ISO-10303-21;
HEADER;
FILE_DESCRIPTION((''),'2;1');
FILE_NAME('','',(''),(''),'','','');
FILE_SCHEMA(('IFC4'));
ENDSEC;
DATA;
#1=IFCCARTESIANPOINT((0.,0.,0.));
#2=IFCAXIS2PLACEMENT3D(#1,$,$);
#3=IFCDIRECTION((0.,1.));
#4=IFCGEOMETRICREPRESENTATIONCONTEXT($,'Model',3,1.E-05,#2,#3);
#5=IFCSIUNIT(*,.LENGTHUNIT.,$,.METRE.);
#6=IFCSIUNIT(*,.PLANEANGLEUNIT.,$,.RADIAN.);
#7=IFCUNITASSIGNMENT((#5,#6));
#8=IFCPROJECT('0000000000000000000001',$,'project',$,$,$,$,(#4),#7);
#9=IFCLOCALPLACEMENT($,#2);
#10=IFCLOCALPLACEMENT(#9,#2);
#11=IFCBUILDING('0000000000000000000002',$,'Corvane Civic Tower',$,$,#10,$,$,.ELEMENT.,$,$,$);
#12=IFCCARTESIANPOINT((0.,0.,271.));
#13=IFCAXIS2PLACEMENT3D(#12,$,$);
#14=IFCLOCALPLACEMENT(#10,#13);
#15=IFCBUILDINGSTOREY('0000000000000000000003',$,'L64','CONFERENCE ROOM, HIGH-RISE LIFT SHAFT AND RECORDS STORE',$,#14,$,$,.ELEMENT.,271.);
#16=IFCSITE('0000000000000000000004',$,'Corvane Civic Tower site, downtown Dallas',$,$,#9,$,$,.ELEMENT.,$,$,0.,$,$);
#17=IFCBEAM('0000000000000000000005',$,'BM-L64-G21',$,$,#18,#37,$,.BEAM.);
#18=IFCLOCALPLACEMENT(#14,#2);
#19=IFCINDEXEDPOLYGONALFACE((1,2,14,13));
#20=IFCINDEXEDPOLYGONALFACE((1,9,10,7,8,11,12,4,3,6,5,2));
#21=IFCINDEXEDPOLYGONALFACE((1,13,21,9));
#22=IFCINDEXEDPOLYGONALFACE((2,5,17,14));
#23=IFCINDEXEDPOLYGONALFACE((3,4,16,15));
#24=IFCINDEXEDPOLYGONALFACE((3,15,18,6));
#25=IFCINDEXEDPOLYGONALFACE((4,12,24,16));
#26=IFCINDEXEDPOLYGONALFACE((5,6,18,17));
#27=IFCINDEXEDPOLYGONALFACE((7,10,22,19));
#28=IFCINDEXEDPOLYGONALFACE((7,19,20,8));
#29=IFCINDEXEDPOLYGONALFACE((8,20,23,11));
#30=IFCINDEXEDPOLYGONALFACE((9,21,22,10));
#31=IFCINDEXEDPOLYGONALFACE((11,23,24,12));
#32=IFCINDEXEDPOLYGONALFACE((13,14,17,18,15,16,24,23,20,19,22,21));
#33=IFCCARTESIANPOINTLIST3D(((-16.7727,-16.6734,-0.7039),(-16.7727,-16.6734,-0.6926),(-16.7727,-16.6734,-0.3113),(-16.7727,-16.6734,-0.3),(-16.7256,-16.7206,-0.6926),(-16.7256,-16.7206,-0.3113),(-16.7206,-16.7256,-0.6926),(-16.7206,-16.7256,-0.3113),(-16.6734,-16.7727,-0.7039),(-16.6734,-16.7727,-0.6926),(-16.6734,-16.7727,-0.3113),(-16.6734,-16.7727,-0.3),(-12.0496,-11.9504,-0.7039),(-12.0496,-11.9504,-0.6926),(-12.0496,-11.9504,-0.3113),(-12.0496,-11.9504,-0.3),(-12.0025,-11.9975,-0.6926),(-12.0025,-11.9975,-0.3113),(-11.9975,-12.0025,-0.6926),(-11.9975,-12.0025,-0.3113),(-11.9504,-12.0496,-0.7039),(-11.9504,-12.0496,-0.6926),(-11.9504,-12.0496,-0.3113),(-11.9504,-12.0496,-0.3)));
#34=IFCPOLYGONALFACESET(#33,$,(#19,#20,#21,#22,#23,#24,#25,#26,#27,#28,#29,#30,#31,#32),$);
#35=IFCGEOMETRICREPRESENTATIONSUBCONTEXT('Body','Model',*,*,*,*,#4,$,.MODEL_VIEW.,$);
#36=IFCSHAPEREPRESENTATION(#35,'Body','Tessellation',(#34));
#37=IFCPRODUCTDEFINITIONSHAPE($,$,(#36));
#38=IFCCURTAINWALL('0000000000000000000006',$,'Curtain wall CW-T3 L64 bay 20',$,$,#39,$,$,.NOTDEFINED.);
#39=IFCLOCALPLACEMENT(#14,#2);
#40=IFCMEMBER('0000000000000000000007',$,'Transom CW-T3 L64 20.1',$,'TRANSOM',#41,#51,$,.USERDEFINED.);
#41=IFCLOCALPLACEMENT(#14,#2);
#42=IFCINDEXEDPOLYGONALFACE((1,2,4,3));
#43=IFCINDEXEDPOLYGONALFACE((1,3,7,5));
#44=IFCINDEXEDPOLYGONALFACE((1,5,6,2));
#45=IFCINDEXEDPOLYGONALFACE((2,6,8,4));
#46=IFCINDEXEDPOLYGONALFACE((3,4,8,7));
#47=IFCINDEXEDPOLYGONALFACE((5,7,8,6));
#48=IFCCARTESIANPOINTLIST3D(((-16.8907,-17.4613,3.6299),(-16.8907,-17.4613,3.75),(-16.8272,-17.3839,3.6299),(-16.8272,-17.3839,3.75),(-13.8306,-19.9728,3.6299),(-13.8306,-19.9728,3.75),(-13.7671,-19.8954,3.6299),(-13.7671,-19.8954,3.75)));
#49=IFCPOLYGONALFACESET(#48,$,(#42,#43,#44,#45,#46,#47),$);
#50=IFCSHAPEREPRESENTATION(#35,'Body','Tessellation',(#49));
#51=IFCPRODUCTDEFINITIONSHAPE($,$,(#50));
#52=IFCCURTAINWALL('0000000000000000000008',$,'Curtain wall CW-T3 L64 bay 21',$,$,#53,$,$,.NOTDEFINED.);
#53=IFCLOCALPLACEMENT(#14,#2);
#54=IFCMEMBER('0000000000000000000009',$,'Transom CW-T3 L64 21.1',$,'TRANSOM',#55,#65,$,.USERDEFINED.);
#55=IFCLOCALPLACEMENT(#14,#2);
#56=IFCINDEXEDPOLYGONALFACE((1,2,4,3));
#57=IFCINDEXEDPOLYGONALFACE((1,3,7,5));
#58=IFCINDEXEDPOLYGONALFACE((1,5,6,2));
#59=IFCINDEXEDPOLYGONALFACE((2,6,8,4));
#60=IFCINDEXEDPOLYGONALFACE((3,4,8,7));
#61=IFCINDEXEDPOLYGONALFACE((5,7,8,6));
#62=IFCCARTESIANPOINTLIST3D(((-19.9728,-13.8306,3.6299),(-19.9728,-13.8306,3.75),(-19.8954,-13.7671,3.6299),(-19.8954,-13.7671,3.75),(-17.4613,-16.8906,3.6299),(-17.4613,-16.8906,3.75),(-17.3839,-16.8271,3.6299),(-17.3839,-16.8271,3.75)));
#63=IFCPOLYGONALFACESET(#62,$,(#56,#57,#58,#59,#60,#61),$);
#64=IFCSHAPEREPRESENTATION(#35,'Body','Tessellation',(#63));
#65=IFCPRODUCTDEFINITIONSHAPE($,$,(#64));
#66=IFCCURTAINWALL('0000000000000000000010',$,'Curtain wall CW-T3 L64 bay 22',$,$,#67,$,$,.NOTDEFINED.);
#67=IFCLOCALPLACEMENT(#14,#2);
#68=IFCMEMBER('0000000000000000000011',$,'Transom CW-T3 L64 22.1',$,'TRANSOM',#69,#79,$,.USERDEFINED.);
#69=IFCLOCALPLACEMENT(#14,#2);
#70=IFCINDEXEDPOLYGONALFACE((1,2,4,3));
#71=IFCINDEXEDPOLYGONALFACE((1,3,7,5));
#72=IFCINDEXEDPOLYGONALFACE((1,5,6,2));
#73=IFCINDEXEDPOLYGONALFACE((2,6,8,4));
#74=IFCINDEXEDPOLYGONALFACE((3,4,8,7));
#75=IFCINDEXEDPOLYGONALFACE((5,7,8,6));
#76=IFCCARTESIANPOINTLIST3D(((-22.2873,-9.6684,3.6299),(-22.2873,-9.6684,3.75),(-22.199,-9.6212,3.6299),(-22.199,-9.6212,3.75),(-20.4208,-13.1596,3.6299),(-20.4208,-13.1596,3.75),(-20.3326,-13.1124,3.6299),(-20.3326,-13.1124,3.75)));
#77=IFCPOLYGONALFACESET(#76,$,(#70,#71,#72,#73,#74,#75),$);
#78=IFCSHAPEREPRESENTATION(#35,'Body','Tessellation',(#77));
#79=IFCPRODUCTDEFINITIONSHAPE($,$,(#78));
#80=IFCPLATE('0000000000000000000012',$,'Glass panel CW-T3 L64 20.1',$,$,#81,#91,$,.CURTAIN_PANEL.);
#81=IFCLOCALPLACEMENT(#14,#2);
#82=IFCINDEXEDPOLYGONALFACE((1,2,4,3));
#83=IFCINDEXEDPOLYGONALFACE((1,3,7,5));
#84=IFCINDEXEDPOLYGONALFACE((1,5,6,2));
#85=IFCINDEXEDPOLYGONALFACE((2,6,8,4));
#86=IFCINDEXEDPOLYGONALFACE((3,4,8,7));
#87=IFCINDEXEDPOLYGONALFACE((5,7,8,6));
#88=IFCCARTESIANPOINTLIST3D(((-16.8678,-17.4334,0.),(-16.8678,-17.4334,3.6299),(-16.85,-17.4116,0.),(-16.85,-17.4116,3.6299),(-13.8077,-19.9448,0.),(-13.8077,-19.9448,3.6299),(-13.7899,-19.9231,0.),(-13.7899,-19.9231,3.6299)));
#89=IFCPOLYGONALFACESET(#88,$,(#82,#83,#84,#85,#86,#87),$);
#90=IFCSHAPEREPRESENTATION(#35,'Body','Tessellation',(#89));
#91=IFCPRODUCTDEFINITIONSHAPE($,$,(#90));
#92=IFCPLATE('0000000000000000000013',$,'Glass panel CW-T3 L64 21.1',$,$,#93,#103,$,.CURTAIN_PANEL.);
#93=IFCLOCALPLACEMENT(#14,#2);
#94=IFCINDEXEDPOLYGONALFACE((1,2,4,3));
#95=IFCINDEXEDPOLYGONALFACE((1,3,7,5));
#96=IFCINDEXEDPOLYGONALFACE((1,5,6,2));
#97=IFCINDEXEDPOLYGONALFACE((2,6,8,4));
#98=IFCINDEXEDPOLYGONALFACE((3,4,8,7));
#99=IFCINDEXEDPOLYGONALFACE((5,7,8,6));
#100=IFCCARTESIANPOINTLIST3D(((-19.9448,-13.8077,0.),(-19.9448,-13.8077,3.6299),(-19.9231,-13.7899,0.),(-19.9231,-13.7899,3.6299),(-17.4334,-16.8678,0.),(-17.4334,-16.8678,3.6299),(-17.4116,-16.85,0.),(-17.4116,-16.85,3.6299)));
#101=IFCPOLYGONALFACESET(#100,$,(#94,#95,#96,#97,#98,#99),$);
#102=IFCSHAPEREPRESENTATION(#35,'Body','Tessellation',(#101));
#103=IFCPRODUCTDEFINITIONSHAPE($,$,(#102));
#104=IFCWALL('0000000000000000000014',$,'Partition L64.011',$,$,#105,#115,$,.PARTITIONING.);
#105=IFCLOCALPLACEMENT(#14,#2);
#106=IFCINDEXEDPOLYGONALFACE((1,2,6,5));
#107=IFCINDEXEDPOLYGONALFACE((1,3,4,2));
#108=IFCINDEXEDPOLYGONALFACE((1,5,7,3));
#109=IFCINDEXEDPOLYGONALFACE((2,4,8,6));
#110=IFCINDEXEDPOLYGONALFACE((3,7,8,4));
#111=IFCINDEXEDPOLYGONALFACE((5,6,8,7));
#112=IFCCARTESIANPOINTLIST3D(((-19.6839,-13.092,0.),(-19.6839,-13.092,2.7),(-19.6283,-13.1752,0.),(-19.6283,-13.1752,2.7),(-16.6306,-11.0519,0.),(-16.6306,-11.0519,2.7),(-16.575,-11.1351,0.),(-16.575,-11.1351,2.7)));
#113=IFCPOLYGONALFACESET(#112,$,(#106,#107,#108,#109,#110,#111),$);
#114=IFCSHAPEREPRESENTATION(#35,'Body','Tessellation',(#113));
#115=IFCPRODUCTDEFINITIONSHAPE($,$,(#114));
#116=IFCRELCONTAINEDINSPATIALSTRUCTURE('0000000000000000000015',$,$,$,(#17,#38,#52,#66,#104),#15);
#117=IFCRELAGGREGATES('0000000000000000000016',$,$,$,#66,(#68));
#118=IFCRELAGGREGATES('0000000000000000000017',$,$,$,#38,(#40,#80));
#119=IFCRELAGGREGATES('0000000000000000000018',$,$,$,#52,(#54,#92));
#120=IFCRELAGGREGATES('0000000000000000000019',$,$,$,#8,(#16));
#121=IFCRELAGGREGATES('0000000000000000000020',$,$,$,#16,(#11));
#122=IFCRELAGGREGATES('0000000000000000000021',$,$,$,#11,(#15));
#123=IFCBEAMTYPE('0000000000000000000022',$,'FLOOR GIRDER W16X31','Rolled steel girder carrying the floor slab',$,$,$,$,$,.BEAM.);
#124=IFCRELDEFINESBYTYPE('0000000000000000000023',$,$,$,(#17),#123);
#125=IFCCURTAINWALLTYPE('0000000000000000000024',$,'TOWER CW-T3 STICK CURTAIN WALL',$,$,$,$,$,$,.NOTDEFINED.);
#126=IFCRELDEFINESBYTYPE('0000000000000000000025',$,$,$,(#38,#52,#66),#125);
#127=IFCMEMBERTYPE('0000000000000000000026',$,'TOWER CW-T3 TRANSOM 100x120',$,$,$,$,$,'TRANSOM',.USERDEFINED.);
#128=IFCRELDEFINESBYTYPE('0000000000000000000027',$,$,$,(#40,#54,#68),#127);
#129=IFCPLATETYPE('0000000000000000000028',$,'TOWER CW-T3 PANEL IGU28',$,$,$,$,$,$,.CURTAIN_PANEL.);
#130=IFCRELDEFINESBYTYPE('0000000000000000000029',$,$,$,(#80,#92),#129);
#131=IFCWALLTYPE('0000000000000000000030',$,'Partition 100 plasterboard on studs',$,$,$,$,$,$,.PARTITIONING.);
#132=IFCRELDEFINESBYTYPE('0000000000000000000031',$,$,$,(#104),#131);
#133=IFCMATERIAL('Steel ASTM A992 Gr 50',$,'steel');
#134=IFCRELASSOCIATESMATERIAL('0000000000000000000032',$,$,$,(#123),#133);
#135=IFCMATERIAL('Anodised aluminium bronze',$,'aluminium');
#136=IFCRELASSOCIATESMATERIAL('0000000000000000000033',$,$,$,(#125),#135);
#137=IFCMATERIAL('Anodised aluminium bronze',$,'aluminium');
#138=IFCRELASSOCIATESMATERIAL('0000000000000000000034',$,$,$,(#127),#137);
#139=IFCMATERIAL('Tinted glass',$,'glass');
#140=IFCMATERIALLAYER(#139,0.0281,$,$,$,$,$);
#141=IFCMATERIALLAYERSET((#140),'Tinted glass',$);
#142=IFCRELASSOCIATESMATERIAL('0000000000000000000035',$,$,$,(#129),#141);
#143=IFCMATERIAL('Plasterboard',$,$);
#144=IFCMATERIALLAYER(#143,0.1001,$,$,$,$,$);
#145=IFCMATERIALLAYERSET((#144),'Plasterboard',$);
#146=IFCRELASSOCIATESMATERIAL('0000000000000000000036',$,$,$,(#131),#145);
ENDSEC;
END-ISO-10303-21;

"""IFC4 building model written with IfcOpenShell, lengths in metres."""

from ifc_helpers import new_model, si_unit, direction, frame, frame_2d, origin, origin_2d, place, context, subcontext, project, spatial, rectangle, i_section, extrude, material, layer, layer_set, material_profile, profile_set, type_object, element, aggregate, save


model = new_model("IFC4")

# Units and contexts
model_context = context("Model", 3, precision=1e-05, world=origin(), true_north=direction((0.0, 1.0)))
body_context = subcontext(model_context, "Body", "Model", "MODEL_VIEW")
ifc_project = project(units=[si_unit("LENGTHUNIT", "METRE"), si_unit("PLANEANGLEUNIT", "RADIAN")], contexts=[model_context])

# Site, building, storey
site_placement = place(None, origin())
site = spatial("IfcSite", under=ifc_project, at=site_placement, Name="Corvane Civic Tower site, downtown Dallas", CompositionType="ELEMENT", RefElevation=0.0)
building_placement = place(site_placement, origin())
building = spatial("IfcBuilding", under=site, at=building_placement, Name="Corvane Civic Tower", CompositionType="ELEMENT")
storey_placement = place(building_placement, frame((0.0, 0.0, 271.0)))
storey = spatial("IfcBuildingStorey", under=building, at=storey_placement, Name="L64", Description="CONFERENCE ROOM, HIGH-RISE LIFT SHAFT AND RECORDS STORE", CompositionType="ELEMENT", Elevation=271.0)

# Beam
ifc_material_1 = material(Name="Steel ASTM A992 Gr 50", Category="steel")
ifc_material_profile_1 = material_profile(ifc_material_1, i_section(OverallWidth=0.1404, OverallDepth=0.4038, WebThickness=0.0071, FlangeThickness=0.0112, at=origin_2d()), Name="W16X31")
ifc_profile_set_1 = profile_set([ifc_material_profile_1], Name="Steel ASTM A992 Gr 50")
beam_type_1 = type_object("IfcBeamType", Name="FLOOR GIRDER W16X31", Description="Rolled steel girder carrying the floor slab", PredefinedType="BEAM", material=ifc_profile_set_1)
beam_1_placement = place(storey_placement, frame((-12.0, -12.0, -0.502), z_axis=(-0.707107, -0.707107, 0.0), x_axis=(0.707107, -0.707107, 0.0)))
element("IfcBeam", 1, at=beam_1_placement, inside=storey, type_object=beam_type_1, Name="BM-L64-G21", PredefinedType="BEAM", context=body_context, shape_type="SweptSolid", body=[
    extrude(i_section(OverallWidth=0.1404, OverallDepth=0.4038, WebThickness=0.0071, FlangeThickness=0.0112, at=origin_2d()), origin(), (0.0, 0.0, 1.0), 6.6794),
])

# Curtain walls, members
ifc_material_2 = material(Name="Anodised aluminium bronze", Category="aluminium")
curtain_wall_type = type_object("IfcCurtainWallType", Name="TOWER CW-T3 STICK CURTAIN WALL", PredefinedType="NOTDEFINED", material=ifc_material_2)
curtain_wall_1_placement = place(storey_placement, origin())
curtain_wall_1 = element("IfcCurtainWall", 2, at=curtain_wall_1_placement, inside=storey, type_object=curtain_wall_type, Name="Curtain wall CW-T3 L64 bay 20", PredefinedType="NOTDEFINED")
ifc_material_3 = material(Name="Anodised aluminium bronze", Category="aluminium")
ifc_material_profile_2 = material_profile(ifc_material_3, rectangle(XDim=0.1001, YDim=0.1201, at=origin_2d()), Name="TOWER CW-T3 TRANSOM 100x120")
ifc_profile_set_2 = profile_set([ifc_material_profile_2], Name="Anodised aluminium bronze")
member_type = type_object("IfcMemberType", Name="TOWER CW-T3 TRANSOM 100x120", ElementType="TRANSOM", PredefinedType="USERDEFINED", material=ifc_profile_set_2)
member_1_placement = place(storey_placement, frame((-13.7988, -19.9341, 3.6899), z_axis=(-0.772992, 0.634416, 0.0), x_axis=(-0.634416, -0.772992, 0.0)))
member_1 = element("IfcMember", 3, at=member_1_placement, type_object=member_type, Name="Transom CW-T3 L64 20.1", ObjectType="TRANSOM", PredefinedType="USERDEFINED", context=body_context, shape_type="SweptSolid", body=[
    extrude(rectangle(XDim=0.1001, YDim=0.1201, at=origin_2d()), origin(), (0.0, 0.0, 1.0), 3.9587),
])
curtain_wall_2_placement = place(storey_placement, origin())
curtain_wall_2 = element("IfcCurtainWall", 4, at=curtain_wall_2_placement, inside=storey, type_object=curtain_wall_type, Name="Curtain wall CW-T3 L64 bay 21", PredefinedType="NOTDEFINED")
member_2_placement = place(storey_placement, frame((-17.4226, -16.8589, 3.6899), z_axis=(-0.634416, 0.772992, 0.0), x_axis=(-0.772992, -0.634416, 0.0)))
member_2 = element("IfcMember", 5, at=member_2_placement, type_object=member_type, Name="Transom CW-T3 L64 21.1", ObjectType="TRANSOM", PredefinedType="USERDEFINED", context=body_context, shape_type="SweptSolid", body=[
    extrude(rectangle(XDim=0.1001, YDim=0.1201, at=origin_2d()), origin(), (0.0, 0.0, 1.0), 3.9587),
])
curtain_wall_3_placement = place(storey_placement, origin())
curtain_wall_3 = element("IfcCurtainWall", 6, at=curtain_wall_3_placement, inside=storey, type_object=curtain_wall_type, Name="Curtain wall CW-T3 L64 bay 22", PredefinedType="NOTDEFINED")
member_3_placement = place(storey_placement, frame((-20.3767, -13.136, 3.6899), z_axis=(-0.471468, 0.881883, 0.0), x_axis=(-0.881883, -0.471468, 0.0)))
member_3 = element("IfcMember", 7, at=member_3_placement, type_object=member_type, Name="Transom CW-T3 L64 22.1", ObjectType="TRANSOM", PredefinedType="USERDEFINED", context=body_context, shape_type="SweptSolid", body=[
    extrude(rectangle(XDim=0.1001, YDim=0.1201, at=origin_2d()), origin(), (0.0, 0.0, 1.0), 3.9587),
])
aggregate(curtain_wall_3, [member_3])

# Plates
ifc_material_4 = material(Name="Tinted glass", Category="glass")
ifc_layer_1 = layer(ifc_material_4, 0.0281)
ifc_layer_set_1 = layer_set([ifc_layer_1], Name="Tinted glass")
plate_type = type_object("IfcPlateType", Name="TOWER CW-T3 PANEL IGU28", PredefinedType="CURTAIN_PANEL", material=ifc_layer_set_1)
plate_1_placement = place(storey_placement, frame((-15.3289, -18.6782, 0.0), z_axis=(0.0, 0.0, 1.0), x_axis=(-0.773001, 0.634405, 0.0)))
plate_1 = element("IfcPlate", 8, at=plate_1_placement, type_object=plate_type, Name="Glass panel CW-T3 L64 20.1", PredefinedType="CURTAIN_PANEL", context=body_context, shape_type="SweptSolid", body=[
    extrude(rectangle(XDim=3.9587, YDim=0.0281, at=origin_2d()), origin(), (0.0, 0.0, 1.0), 3.6299),
])
aggregate(curtain_wall_1, [member_1, plate_1])
plate_2_placement = place(storey_placement, frame((-18.6782, -15.3289, 0.0), z_axis=(0.0, 0.0, 1.0), x_axis=(-0.634405, 0.773001, 0.0)))
plate_2 = element("IfcPlate", 9, at=plate_2_placement, type_object=plate_type, Name="Glass panel CW-T3 L64 21.1", PredefinedType="CURTAIN_PANEL", context=body_context, shape_type="SweptSolid", body=[
    extrude(rectangle(XDim=3.9587, YDim=0.0281, at=origin_2d()), origin(), (0.0, 0.0, 1.0), 3.6299),
])
aggregate(curtain_wall_2, [member_2, plate_2])

# Wall
ifc_material_5 = material(Name="Plasterboard")
ifc_layer_2 = layer(ifc_material_5, 0.1001)
ifc_layer_set_2 = layer_set([ifc_layer_2], Name="Plasterboard")
wall_type_1 = type_object("IfcWallType", Name="Partition 100 plasterboard on studs", PredefinedType="PARTITIONING", material=ifc_layer_set_2)
wall_1_placement = place(storey_placement, frame((-19.656, -13.1335, 0.0), z_axis=(0.0, 0.0, 1.0), x_axis=(0.831477, 0.555559, 0.0)))
element("IfcWall", 10, at=wall_1_placement, inside=storey, type_object=wall_type_1, Name="Partition L64.011", PredefinedType="PARTITIONING", context=body_context, shape_type="SweptSolid", body=[
    extrude(rectangle(XDim=3.6721, YDim=0.1001, at=frame_2d((1.8359, 0.0))), origin(), (0.0, 0.0, 1.0), 2.7),
])

save(model, "model.ifc")
